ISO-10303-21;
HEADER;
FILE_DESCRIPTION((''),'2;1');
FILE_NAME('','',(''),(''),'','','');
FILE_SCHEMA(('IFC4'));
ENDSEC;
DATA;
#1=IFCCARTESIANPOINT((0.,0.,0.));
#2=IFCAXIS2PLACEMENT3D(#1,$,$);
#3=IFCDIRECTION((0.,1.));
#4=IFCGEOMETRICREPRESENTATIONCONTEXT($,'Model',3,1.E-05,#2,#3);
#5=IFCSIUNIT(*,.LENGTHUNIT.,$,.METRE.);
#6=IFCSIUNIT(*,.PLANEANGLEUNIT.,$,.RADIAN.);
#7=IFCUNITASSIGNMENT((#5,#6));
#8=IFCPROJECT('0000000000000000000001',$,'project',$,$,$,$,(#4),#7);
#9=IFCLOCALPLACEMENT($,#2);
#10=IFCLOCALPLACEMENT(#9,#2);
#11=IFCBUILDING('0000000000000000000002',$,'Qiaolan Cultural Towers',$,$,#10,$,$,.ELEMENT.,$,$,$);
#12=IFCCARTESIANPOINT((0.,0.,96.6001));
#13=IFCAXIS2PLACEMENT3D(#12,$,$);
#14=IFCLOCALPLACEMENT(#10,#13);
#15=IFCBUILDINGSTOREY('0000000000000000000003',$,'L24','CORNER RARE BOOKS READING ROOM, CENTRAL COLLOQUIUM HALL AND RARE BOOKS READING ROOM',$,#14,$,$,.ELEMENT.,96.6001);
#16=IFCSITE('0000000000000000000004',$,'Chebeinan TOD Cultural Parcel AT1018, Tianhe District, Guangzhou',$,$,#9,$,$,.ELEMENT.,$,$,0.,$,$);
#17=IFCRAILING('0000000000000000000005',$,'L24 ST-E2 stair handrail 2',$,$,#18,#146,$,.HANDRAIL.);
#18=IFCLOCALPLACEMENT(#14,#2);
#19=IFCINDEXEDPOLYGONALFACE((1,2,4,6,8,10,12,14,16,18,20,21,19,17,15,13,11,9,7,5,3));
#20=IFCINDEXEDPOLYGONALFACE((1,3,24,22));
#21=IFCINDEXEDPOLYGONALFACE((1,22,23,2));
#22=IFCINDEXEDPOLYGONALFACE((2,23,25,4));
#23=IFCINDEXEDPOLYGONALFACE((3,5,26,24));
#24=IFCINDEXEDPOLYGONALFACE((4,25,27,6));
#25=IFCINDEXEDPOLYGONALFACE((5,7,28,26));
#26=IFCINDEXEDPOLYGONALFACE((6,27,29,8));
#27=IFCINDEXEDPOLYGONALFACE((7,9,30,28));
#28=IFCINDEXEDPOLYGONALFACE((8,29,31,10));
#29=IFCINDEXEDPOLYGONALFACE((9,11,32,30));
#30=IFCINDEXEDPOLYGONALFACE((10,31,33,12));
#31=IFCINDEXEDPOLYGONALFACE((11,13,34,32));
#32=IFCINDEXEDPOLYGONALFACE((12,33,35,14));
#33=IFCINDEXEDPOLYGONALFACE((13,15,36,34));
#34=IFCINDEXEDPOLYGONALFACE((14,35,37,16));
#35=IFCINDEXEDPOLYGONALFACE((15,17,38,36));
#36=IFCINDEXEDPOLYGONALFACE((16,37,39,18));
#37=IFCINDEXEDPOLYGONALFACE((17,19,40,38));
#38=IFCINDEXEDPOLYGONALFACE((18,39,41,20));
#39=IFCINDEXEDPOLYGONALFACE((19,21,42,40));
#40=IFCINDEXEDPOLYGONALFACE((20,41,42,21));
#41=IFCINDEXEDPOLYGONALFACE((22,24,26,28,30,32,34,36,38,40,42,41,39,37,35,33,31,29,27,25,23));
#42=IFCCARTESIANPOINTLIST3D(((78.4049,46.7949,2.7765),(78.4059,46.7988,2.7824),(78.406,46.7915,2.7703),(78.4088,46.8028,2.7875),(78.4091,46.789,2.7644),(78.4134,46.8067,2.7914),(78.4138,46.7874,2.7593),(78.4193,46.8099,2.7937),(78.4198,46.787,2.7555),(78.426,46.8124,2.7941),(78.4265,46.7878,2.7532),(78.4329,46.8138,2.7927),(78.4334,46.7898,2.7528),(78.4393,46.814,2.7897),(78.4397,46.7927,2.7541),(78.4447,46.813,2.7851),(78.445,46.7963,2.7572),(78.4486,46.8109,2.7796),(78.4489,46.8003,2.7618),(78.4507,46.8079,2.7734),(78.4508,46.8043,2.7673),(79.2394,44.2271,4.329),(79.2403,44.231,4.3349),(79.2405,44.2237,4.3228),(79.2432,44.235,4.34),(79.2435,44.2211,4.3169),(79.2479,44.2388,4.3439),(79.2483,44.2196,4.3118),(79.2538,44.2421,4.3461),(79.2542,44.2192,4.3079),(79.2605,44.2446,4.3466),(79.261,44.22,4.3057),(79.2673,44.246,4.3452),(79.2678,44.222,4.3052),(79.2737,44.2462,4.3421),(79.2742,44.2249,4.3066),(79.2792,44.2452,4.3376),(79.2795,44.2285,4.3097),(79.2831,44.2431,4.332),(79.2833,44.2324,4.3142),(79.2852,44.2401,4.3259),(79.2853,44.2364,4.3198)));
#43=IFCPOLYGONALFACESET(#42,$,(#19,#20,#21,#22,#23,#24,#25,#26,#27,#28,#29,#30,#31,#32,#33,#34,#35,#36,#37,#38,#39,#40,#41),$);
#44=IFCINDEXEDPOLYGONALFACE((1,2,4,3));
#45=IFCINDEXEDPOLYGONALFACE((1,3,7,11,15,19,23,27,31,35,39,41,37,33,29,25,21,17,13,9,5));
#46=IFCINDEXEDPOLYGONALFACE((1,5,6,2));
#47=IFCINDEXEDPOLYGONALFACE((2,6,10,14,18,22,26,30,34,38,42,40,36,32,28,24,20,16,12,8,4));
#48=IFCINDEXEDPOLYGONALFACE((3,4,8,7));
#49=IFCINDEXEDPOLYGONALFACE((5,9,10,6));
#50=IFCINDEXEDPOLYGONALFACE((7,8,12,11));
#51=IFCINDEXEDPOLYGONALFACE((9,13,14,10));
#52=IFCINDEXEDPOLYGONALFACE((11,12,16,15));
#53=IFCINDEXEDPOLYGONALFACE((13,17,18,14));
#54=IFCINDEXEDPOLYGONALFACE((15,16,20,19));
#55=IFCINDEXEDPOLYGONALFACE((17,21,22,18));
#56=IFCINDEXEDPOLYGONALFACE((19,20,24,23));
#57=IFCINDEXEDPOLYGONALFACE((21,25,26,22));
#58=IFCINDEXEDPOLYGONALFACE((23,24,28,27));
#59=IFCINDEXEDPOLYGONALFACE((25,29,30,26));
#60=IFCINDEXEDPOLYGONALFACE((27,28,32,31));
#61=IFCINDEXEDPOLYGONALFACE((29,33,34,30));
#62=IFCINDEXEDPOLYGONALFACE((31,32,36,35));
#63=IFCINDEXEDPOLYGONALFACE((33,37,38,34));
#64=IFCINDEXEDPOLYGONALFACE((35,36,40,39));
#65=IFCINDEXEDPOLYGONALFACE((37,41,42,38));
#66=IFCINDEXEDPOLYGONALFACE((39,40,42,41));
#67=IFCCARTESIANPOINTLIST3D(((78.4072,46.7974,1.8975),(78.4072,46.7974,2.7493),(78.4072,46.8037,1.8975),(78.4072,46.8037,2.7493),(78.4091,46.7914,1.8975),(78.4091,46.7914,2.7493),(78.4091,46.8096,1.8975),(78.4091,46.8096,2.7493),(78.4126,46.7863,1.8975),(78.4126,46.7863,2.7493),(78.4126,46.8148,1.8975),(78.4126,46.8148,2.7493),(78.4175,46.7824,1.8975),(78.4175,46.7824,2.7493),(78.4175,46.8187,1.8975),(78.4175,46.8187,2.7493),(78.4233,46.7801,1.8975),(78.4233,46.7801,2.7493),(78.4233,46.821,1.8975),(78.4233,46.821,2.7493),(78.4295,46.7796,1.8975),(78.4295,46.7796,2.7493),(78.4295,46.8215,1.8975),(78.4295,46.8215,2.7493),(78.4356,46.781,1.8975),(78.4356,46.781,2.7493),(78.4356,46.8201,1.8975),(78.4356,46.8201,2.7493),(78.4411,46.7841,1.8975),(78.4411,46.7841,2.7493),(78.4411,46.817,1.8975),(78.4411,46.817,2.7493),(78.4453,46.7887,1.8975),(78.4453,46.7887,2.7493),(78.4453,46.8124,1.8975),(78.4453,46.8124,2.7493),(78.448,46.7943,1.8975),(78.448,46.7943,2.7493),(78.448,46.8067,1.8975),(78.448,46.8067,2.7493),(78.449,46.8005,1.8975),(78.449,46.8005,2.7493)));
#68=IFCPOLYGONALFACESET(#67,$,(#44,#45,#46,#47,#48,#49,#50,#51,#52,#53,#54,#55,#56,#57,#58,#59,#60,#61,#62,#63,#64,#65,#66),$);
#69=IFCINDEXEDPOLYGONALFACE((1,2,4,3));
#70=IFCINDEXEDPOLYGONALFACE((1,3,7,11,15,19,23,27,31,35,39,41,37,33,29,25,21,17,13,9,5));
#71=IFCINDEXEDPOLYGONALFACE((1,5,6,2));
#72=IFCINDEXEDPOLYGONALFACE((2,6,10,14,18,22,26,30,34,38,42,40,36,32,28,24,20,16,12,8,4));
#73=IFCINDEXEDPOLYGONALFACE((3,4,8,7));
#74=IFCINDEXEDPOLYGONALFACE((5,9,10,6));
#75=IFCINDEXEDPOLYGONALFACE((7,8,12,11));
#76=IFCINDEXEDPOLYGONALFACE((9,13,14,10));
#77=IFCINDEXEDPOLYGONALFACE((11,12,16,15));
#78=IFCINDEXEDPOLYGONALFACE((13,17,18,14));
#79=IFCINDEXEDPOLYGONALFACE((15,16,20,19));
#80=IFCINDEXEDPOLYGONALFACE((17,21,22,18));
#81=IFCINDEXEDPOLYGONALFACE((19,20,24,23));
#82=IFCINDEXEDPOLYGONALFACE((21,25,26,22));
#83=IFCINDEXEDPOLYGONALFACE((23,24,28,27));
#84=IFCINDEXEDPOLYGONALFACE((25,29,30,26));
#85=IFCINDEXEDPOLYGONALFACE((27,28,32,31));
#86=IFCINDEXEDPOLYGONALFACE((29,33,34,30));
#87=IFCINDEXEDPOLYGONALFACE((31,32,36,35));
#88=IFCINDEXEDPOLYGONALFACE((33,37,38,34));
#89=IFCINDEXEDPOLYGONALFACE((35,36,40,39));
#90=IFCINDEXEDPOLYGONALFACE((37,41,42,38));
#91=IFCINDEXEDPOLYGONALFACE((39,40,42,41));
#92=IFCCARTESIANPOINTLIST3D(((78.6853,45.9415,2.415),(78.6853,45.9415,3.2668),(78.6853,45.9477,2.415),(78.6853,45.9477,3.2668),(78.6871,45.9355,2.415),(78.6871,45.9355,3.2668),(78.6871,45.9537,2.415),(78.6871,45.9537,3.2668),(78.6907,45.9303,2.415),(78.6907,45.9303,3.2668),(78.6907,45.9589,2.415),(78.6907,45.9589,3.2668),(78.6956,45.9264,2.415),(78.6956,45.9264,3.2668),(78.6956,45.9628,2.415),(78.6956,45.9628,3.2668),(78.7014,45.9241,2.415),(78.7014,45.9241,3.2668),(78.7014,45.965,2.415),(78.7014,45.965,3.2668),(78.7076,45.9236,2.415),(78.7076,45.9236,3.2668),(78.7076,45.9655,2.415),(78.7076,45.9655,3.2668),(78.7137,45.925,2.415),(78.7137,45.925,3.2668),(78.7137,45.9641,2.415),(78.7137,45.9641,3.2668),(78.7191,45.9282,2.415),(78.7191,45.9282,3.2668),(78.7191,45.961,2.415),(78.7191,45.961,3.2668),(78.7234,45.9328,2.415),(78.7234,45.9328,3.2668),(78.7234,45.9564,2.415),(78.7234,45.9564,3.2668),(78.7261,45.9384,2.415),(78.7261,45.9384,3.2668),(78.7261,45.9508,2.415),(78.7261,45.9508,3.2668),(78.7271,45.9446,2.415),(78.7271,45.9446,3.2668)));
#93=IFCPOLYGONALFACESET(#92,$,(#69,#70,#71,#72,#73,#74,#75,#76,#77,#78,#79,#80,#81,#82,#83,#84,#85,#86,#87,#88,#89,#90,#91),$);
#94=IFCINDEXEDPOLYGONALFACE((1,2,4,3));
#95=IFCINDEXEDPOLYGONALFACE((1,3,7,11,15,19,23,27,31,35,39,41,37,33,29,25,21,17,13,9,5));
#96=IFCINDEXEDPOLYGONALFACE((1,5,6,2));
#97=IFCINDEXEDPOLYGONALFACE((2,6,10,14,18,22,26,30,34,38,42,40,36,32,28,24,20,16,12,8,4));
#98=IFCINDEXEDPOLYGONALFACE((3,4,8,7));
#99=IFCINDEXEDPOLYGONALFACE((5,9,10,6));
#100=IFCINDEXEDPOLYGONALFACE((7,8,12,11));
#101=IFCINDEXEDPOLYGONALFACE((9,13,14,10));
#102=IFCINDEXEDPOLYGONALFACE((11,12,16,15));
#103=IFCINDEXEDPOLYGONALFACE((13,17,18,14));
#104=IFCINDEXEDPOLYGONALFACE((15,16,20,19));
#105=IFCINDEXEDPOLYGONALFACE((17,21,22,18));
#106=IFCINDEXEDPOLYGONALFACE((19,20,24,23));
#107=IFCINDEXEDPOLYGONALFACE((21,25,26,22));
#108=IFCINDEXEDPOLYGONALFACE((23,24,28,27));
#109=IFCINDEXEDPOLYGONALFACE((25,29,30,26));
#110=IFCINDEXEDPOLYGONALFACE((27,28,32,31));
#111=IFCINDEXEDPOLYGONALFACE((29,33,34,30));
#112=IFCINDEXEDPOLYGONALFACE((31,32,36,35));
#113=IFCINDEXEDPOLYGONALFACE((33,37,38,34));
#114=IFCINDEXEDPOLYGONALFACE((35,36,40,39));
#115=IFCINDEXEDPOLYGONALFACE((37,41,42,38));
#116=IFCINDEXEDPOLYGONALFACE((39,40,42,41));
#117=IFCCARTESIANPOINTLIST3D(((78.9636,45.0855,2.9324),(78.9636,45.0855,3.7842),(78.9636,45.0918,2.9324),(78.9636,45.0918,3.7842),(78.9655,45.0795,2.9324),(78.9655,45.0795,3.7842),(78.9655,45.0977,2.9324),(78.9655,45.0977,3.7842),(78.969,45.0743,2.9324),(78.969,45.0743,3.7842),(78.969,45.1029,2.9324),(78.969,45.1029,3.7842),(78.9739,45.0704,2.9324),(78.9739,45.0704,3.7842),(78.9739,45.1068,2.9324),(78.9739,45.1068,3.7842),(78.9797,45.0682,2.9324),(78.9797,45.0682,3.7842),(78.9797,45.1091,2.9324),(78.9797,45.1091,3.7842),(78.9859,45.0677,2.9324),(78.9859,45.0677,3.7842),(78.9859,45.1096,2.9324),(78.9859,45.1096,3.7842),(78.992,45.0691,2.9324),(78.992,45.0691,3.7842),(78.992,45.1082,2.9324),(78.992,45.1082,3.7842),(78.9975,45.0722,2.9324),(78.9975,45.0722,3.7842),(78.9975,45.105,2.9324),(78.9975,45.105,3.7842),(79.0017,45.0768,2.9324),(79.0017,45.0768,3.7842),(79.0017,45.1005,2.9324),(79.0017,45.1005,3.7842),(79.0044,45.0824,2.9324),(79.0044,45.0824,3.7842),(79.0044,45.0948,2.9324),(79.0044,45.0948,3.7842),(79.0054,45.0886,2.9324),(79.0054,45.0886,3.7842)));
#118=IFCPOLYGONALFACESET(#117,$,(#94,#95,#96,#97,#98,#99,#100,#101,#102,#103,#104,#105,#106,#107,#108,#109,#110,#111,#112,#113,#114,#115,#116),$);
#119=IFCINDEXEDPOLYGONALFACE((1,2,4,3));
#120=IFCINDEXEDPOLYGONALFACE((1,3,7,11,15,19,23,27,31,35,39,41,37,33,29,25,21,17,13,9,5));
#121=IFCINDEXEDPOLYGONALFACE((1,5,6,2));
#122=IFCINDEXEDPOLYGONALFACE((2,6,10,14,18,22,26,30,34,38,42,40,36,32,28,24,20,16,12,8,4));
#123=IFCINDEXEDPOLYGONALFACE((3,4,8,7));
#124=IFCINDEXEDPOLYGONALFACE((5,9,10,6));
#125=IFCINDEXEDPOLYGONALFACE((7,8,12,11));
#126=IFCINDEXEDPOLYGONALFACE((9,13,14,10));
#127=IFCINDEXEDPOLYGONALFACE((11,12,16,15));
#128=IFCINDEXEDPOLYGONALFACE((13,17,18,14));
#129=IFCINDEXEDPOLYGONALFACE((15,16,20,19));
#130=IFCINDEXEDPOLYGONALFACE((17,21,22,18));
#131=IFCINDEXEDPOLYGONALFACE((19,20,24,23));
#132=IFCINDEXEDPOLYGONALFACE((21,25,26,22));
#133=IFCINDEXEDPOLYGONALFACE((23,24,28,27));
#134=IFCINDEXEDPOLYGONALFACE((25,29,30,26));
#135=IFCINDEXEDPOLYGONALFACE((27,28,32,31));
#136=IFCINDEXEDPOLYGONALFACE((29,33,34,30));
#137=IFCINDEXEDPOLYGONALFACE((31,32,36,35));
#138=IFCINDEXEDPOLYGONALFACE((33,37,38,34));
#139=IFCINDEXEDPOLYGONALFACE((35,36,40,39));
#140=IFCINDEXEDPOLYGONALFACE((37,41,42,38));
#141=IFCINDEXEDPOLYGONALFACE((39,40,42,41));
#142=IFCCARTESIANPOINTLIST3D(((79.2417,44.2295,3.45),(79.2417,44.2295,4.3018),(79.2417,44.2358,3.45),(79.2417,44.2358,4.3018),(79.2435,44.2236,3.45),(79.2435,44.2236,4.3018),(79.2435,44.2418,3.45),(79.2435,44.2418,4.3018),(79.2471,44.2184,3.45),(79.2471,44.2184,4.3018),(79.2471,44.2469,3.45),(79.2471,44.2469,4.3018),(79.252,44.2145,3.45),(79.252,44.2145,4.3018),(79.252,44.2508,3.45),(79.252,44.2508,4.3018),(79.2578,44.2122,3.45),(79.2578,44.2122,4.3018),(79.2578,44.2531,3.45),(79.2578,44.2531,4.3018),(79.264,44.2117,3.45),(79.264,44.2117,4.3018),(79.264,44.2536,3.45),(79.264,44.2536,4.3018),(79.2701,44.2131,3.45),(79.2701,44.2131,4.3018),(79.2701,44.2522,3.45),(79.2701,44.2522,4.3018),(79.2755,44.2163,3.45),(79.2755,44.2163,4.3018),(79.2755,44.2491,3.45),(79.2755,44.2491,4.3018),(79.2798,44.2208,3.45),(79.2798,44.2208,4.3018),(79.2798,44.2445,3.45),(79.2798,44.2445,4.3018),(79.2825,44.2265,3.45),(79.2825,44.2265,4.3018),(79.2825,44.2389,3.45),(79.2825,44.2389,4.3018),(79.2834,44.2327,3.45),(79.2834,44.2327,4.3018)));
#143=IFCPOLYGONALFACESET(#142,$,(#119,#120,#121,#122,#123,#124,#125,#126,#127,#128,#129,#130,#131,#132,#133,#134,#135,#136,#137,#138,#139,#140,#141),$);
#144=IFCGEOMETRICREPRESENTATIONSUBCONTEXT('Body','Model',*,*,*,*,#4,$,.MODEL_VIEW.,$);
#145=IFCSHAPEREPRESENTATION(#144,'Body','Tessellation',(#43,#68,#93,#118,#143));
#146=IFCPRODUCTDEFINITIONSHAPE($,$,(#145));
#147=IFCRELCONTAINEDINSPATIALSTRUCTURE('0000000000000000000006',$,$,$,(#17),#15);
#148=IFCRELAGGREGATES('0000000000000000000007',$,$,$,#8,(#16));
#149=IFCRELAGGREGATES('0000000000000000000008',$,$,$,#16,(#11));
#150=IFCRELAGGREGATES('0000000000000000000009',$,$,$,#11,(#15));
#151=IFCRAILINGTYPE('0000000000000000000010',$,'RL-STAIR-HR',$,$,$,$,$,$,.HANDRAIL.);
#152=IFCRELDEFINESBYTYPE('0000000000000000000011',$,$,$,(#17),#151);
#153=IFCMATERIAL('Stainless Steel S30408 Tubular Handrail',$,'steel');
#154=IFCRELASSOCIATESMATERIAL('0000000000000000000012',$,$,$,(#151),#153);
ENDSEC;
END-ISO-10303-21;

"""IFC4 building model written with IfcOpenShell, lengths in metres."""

from ifc_helpers import new_model, si_unit, direction, frame, origin, origin_2d, place, context, subcontext, project, spatial, circle, extrude, material, type_object, element, save


model = new_model("IFC4")

# Units and contexts
model_context = context("Model", 3, precision=1e-05, world=origin(), true_north=direction((0.0, 1.0)))
body_context = subcontext(model_context, "Body", "Model", "MODEL_VIEW")
ifc_project = project(units=[si_unit("LENGTHUNIT", "METRE"), si_unit("PLANEANGLEUNIT", "RADIAN")], contexts=[model_context])

# Site, building, storey
site_placement = place(None, origin())
site = spatial("IfcSite", under=ifc_project, at=site_placement, Name="Chebeinan TOD Cultural Parcel AT1018, Tianhe District, Guangzhou", CompositionType="ELEMENT", RefElevation=0.0)
building_placement = place(site_placement, origin())
building = spatial("IfcBuilding", under=site, at=building_placement, Name="Qiaolan Cultural Towers", CompositionType="ELEMENT")
storey_placement = place(building_placement, frame((0.0, 0.0, 96.6001)))
storey = spatial("IfcBuildingStorey", under=building, at=storey_placement, Name="L24", Description="CORNER RARE BOOKS READING ROOM, CENTRAL COLLOQUIUM HALL AND RARE BOOKS READING ROOM", CompositionType="ELEMENT", Elevation=96.6001)

# Railing
ifc_material_1 = material(Name="Stainless Steel S30408 Tubular Handrail", Category="steel")
railing_type_1 = type_object("IfcRailingType", Name="RL-STAIR-HR", PredefinedType="HANDRAIL", material=ifc_material_1)
railing_1_placement = place(storey_placement, frame((78.428, 46.8005, 1.8975)))
element("IfcRailing", 1, at=railing_1_placement, inside=storey, type_object=railing_type_1, Name="L24 ST-E2 stair handrail 2", PredefinedType="HANDRAIL", context=body_context, shape_type="SweptSolid", body=[
    extrude(circle(Radius=0.0239, at=origin_2d()), frame((0.0, 0.0, 0.876), z_axis=(0.267926, -0.824471, 0.498461), x_axis=(0.951043, 0.309057, 0.0)), (0.0, 0.0, 1.0), 3.1145),
    extrude(circle(Radius=0.021, at=origin_2d()), origin(), (0.0, 0.0, 1.0), 0.8518),
    extrude(circle(Radius=0.021, at=origin_2d()), frame((0.2781, -0.856, 0.5176)), (0.0, 0.0, 1.0), 0.8518),
    extrude(circle(Radius=0.021, at=origin_2d()), frame((0.5564, -1.7119, 1.0349)), (0.0, 0.0, 1.0), 0.8518),
    extrude(circle(Radius=0.021, at=origin_2d()), frame((0.8345, -2.5679, 1.5525)), (0.0, 0.0, 1.0), 0.8518),
])

save(model, "model.ifc")
